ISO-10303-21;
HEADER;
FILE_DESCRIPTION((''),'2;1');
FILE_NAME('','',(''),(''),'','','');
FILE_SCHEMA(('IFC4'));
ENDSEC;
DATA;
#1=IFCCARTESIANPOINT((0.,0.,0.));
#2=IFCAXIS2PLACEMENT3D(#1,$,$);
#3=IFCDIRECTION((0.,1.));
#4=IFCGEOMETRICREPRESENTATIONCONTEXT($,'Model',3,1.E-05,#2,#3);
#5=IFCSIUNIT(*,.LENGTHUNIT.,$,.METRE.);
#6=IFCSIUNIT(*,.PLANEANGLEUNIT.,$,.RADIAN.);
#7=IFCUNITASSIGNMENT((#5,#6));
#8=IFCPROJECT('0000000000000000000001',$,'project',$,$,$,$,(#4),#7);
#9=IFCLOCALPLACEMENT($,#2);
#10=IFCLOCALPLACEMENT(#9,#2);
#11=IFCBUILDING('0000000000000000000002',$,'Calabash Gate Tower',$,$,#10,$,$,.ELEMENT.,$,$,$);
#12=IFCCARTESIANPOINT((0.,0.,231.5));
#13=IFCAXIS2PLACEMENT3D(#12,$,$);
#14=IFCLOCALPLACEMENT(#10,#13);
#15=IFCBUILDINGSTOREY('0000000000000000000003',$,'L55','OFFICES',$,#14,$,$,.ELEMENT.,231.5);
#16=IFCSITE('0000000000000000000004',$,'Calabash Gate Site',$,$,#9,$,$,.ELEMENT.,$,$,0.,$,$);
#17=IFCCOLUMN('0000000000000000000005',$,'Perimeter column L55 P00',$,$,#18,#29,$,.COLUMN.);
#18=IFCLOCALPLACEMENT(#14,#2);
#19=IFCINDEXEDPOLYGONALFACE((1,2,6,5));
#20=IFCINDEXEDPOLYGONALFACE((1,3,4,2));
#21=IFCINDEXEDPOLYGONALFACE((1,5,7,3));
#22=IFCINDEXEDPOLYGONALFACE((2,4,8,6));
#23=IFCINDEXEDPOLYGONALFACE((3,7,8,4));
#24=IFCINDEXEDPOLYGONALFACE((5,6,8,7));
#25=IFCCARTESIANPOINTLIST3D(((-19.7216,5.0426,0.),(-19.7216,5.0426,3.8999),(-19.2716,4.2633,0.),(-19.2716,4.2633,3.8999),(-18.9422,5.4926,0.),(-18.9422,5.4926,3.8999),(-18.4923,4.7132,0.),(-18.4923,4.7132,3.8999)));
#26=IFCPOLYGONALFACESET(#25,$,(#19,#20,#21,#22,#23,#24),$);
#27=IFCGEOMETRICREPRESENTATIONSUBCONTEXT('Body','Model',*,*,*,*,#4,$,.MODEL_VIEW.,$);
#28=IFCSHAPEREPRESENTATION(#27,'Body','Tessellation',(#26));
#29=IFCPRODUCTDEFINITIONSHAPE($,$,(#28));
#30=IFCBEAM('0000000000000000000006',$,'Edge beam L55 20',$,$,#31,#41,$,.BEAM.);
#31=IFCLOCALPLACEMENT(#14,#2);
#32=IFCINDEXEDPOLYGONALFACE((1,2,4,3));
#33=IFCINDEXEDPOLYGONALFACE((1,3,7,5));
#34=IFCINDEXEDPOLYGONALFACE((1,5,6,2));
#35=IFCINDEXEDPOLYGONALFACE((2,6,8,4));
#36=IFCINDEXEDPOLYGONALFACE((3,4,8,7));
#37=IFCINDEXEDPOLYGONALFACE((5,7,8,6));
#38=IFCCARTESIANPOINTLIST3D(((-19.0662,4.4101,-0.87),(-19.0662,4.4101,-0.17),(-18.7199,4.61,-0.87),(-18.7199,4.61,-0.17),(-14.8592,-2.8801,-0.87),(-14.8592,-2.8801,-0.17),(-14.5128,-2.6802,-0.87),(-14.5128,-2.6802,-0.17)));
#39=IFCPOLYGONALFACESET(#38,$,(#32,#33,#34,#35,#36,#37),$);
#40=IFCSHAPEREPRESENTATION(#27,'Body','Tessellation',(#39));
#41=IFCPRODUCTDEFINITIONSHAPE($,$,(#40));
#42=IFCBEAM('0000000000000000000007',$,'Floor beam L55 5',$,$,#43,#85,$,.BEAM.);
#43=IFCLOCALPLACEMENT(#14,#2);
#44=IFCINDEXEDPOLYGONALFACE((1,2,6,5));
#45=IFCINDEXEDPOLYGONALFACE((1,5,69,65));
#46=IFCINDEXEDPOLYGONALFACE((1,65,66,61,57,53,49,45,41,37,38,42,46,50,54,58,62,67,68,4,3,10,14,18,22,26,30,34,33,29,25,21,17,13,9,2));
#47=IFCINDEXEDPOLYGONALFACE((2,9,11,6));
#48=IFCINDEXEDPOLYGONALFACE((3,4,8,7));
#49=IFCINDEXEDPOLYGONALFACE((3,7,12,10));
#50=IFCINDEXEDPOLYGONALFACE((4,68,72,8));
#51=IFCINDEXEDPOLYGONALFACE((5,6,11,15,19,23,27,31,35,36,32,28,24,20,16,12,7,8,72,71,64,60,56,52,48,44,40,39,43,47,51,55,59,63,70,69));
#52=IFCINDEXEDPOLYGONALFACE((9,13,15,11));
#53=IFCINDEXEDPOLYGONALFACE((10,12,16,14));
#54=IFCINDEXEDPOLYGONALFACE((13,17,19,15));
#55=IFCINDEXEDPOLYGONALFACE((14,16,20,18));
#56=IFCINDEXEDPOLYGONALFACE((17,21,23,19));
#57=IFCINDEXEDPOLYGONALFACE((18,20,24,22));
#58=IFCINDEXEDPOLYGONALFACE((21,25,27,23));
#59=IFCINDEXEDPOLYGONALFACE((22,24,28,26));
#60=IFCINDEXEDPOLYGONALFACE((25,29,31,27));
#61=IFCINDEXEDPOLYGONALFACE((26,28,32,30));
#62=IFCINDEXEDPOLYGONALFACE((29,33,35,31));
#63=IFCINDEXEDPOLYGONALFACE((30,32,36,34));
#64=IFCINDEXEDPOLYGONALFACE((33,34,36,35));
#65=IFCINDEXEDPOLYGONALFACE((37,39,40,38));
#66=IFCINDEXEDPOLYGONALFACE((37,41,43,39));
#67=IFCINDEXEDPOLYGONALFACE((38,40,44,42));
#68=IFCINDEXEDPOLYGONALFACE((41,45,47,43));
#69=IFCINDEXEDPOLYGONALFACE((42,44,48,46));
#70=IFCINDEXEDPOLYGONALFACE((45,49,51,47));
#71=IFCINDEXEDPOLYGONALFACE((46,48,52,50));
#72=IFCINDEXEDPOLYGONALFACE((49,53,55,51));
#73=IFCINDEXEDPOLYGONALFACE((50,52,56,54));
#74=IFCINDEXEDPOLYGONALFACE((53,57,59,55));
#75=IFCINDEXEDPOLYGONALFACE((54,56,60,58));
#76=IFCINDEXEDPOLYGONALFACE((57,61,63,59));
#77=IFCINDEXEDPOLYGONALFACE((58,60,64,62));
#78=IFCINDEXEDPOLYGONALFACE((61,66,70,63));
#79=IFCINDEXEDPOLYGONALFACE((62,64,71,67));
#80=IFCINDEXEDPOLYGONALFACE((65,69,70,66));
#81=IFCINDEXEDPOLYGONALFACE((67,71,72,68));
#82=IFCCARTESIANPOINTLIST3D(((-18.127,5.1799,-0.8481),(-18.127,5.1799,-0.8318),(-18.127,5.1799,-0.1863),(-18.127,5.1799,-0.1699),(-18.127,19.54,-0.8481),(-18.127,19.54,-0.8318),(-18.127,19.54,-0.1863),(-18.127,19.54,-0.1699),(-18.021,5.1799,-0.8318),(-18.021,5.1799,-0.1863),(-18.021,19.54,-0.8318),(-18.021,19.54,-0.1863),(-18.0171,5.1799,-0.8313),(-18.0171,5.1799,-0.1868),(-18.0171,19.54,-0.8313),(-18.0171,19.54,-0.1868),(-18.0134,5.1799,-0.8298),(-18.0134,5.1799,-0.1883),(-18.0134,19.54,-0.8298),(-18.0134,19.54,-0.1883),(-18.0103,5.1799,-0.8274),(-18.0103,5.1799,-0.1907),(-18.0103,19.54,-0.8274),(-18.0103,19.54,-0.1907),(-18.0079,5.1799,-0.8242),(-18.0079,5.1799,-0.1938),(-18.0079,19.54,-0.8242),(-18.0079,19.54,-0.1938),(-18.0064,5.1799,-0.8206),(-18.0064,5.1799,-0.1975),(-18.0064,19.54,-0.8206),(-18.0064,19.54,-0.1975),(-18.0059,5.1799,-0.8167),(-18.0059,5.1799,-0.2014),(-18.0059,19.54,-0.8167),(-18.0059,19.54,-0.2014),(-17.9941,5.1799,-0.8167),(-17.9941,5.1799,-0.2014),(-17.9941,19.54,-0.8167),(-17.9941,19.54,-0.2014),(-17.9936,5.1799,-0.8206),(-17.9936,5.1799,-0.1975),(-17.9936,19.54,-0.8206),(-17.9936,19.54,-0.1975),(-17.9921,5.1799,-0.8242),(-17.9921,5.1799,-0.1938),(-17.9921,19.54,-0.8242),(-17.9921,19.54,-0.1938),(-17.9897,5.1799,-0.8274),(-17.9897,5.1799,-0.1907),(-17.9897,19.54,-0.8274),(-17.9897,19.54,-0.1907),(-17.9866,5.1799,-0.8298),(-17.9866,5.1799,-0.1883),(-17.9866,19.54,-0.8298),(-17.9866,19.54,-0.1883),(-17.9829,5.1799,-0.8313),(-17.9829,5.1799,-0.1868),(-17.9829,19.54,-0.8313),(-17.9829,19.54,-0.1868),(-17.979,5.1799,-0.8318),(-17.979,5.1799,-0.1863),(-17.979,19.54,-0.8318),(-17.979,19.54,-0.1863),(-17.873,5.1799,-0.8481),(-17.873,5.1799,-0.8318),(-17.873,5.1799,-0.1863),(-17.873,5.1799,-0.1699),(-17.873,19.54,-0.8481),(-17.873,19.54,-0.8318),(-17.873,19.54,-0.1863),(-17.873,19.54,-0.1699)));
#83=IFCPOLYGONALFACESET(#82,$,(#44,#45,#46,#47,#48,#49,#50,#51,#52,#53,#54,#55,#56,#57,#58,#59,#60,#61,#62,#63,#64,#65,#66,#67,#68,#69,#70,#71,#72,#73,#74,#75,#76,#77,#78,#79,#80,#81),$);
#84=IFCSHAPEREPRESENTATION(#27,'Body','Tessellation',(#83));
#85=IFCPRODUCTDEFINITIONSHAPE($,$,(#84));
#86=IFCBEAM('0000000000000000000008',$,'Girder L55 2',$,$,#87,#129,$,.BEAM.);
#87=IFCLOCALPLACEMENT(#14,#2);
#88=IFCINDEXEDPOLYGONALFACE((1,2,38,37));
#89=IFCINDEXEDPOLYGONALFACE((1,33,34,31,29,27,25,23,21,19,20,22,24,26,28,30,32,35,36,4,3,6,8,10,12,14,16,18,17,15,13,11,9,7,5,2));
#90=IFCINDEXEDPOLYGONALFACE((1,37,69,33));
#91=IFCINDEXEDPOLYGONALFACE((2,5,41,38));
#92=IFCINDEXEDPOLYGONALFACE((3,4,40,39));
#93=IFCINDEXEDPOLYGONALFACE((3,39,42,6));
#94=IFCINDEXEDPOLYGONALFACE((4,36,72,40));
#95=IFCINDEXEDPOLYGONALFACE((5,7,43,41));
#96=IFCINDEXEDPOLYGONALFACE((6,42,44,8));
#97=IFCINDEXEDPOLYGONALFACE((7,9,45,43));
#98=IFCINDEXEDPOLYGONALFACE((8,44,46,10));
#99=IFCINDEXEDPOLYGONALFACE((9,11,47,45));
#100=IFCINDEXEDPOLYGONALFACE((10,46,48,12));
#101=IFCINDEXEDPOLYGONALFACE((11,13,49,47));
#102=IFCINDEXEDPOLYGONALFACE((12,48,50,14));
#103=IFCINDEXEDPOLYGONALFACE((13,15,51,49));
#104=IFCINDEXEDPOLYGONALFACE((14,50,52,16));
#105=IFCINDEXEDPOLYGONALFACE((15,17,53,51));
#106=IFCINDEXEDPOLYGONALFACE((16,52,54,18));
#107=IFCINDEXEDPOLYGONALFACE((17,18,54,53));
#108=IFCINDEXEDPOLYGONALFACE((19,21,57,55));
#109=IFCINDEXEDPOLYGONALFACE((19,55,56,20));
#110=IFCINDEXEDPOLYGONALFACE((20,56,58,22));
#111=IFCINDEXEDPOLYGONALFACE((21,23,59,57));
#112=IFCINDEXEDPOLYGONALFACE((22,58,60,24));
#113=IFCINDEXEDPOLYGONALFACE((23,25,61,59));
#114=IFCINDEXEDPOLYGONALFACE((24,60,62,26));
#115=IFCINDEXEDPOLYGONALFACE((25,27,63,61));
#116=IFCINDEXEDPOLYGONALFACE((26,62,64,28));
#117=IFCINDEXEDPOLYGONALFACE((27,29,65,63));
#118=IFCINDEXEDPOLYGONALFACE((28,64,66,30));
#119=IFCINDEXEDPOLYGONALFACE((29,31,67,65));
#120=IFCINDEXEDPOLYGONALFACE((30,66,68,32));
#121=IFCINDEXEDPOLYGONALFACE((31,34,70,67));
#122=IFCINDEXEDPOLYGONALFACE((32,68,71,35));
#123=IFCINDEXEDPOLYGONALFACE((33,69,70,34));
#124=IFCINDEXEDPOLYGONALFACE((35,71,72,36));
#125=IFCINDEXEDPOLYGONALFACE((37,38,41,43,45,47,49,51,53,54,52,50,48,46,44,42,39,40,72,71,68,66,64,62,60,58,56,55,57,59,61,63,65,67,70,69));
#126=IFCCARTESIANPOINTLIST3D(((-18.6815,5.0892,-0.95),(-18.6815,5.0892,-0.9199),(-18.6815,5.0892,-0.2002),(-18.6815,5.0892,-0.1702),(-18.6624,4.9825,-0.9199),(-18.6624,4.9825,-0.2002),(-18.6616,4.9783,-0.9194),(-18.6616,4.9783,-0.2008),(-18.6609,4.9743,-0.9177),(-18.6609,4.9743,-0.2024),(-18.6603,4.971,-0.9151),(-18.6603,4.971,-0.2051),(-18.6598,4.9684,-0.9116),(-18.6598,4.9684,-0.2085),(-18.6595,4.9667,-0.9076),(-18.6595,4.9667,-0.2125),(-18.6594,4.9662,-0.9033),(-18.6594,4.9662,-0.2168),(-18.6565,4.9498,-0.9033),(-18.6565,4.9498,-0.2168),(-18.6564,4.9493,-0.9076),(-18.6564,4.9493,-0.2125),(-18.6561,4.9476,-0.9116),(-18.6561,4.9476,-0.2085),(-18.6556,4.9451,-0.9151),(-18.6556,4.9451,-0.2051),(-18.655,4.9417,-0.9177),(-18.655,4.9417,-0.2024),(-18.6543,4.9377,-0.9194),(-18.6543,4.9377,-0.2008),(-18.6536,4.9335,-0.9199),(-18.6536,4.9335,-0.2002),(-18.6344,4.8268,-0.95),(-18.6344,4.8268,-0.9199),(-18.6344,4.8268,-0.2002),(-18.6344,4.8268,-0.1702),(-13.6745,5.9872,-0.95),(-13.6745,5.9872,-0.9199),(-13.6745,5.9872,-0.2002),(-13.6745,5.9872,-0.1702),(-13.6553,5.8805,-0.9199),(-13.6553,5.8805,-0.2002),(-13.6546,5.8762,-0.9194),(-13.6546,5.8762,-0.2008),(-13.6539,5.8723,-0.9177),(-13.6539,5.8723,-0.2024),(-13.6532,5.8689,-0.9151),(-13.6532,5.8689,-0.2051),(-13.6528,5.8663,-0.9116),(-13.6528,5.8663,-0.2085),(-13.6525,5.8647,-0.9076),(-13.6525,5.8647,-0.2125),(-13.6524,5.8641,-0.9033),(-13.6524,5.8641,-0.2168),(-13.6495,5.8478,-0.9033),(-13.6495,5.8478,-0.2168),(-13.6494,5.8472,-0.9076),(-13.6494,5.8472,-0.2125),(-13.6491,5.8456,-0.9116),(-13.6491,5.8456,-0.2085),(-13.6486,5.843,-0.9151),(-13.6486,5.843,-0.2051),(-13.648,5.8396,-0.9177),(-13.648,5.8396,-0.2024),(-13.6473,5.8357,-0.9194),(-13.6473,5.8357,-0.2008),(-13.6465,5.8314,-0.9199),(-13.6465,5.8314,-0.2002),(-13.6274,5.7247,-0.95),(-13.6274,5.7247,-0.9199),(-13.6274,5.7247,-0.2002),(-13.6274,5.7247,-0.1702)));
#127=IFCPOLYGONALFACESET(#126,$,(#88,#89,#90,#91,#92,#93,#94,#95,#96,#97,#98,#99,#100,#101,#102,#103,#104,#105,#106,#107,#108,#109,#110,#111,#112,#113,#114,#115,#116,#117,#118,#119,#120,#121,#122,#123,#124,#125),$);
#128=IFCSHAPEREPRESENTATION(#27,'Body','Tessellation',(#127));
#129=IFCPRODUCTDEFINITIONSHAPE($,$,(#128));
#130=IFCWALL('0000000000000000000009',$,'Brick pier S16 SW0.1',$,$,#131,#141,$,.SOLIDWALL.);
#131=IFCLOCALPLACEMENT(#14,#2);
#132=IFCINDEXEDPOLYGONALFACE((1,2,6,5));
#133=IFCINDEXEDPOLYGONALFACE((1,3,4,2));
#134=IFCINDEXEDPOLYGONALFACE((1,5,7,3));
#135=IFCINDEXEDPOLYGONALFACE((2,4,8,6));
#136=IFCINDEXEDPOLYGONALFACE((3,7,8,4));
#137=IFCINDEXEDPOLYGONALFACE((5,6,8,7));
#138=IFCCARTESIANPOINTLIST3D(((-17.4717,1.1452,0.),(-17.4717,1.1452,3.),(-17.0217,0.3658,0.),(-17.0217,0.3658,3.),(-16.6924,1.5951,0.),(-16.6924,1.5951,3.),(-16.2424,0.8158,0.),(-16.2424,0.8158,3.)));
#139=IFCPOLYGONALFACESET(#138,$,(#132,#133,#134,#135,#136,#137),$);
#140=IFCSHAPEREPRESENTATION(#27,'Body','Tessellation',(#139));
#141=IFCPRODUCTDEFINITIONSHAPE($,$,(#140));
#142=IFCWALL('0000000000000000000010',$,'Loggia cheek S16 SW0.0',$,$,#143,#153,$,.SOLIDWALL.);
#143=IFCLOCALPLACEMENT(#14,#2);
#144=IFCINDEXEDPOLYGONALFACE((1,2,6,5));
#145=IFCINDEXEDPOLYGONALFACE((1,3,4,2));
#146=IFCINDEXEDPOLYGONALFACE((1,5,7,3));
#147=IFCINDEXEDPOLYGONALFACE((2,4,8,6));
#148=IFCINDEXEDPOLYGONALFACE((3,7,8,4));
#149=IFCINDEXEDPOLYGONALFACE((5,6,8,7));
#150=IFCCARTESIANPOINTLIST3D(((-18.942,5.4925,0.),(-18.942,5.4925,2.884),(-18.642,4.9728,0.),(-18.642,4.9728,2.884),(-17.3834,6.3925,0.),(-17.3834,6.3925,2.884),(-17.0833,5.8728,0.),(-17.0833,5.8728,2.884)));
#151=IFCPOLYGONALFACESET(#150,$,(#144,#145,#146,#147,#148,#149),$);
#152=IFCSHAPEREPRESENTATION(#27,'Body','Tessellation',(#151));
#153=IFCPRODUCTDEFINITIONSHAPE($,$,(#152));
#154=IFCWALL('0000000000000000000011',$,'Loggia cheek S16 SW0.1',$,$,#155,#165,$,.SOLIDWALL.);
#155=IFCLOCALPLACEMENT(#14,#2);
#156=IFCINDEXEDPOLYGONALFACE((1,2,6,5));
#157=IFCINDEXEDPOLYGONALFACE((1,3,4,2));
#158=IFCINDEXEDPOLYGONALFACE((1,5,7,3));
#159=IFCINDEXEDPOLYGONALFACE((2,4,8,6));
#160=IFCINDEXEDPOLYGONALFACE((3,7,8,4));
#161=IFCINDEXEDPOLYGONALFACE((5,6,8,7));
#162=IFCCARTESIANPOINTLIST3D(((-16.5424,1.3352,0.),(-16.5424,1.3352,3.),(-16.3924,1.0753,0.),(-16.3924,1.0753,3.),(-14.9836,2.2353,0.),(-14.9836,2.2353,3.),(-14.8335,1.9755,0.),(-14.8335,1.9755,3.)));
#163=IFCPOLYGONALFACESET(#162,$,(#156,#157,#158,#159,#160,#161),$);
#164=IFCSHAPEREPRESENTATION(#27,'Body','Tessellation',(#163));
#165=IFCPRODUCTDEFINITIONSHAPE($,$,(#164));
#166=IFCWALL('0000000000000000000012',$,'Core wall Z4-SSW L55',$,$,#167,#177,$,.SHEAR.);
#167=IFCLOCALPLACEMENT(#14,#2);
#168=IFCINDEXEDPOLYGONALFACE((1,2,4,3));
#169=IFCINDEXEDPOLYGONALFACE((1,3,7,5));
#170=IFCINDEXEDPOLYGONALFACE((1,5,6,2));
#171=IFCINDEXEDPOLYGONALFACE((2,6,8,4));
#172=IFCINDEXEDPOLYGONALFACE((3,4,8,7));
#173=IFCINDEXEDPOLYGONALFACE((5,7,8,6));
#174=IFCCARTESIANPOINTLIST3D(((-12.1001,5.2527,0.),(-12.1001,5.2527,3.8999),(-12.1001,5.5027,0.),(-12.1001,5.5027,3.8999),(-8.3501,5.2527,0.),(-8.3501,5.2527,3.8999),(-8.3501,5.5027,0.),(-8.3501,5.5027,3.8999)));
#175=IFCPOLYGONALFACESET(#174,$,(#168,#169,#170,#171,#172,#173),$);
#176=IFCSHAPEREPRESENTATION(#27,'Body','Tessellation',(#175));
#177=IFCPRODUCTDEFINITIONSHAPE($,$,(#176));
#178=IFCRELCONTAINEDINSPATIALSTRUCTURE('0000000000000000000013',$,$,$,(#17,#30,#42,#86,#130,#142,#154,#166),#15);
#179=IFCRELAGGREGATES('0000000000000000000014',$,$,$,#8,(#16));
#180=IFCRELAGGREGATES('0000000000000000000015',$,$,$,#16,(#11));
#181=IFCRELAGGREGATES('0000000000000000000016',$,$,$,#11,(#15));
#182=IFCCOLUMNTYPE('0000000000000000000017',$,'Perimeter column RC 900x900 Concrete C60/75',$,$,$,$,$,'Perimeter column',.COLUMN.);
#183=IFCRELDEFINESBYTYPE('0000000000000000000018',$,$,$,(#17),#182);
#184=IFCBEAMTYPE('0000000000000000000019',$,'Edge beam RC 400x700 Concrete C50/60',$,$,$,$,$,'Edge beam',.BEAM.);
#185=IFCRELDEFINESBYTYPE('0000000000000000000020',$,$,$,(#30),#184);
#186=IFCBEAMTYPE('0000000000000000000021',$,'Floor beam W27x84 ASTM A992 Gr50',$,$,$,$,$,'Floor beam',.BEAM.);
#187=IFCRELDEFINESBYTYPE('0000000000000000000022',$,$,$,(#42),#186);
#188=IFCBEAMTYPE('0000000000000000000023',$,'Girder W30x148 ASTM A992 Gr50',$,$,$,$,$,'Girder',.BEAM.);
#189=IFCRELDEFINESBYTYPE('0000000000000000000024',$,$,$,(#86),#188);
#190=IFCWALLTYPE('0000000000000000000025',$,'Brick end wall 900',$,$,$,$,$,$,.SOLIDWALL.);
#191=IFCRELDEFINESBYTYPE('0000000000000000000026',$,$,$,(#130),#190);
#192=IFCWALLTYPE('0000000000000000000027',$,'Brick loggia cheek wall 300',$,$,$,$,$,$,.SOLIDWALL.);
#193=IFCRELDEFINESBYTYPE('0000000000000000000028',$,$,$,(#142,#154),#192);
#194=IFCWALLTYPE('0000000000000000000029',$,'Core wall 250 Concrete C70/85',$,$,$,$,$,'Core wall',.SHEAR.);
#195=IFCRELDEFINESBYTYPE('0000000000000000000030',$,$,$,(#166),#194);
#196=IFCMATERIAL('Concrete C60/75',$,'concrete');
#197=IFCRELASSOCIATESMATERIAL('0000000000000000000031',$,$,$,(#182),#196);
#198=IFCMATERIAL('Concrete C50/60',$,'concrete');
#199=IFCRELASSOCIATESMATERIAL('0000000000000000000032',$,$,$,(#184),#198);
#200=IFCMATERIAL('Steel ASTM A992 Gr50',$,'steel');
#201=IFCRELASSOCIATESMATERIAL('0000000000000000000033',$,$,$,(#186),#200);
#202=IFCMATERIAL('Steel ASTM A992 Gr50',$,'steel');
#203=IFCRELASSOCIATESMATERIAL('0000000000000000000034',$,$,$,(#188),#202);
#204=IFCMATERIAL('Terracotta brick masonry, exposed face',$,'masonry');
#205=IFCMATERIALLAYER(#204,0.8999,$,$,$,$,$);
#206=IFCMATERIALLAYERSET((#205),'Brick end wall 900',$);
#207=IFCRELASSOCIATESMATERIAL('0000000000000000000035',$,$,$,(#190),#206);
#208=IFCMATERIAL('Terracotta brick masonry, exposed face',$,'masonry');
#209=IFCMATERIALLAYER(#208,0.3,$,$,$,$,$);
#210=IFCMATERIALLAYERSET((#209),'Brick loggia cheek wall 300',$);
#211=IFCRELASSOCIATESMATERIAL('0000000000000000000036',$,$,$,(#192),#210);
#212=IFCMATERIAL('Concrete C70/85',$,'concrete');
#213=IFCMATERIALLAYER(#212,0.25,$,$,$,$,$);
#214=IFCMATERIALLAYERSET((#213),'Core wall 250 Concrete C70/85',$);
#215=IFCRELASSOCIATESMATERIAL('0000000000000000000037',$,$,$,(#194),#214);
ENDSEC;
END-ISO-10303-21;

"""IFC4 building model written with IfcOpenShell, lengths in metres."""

from ifc_helpers import new_model, si_unit, direction, frame, frame_2d, origin, origin_2d, place, context, subcontext, project, spatial, rectangle, i_section, extrude, material, layer, layer_set, material_profile, profile_set, type_object, element, save


model = new_model("IFC4")

# Units and contexts
model_context = context("Model", 3, precision=1e-05, world=origin(), true_north=direction((0.0, 1.0)))
body_context = subcontext(model_context, "Body", "Model", "MODEL_VIEW")
ifc_project = project(units=[si_unit("LENGTHUNIT", "METRE"), si_unit("PLANEANGLEUNIT", "RADIAN")], contexts=[model_context])

# Site, building, storey
site_placement = place(None, origin())
site = spatial("IfcSite", under=ifc_project, at=site_placement, Name="Calabash Gate Site", CompositionType="ELEMENT", RefElevation=0.0)
building_placement = place(site_placement, origin())
building = spatial("IfcBuilding", under=site, at=building_placement, Name="Calabash Gate Tower", CompositionType="ELEMENT")
storey_placement = place(building_placement, frame((0.0, 0.0, 231.5)))
storey = spatial("IfcBuildingStorey", under=building, at=storey_placement, Name="L55", Description="OFFICES", CompositionType="ELEMENT", Elevation=231.5)

# Column
ifc_material_1 = material(Name="Concrete C60/75", Category="concrete")
ifc_material_profile_1 = material_profile(ifc_material_1, rectangle(XDim=0.8999, YDim=0.8999, at=origin_2d()))
ifc_profile_set_1 = profile_set([ifc_material_profile_1], Name="Concrete C60/75")
column_type = type_object("IfcColumnType", Name="Perimeter column RC 900x900 Concrete C60/75", ElementType="Perimeter column", PredefinedType="COLUMN", material=ifc_profile_set_1)
column_placement = place(storey_placement, frame((-19.1069, 4.8779, 0.0), z_axis=(0.0, 0.0, 1.0), x_axis=(0.5, -0.866025, 0.0)))
element("IfcColumn", 1, at=column_placement, inside=storey, type_object=column_type, Name="Perimeter column L55 P00", PredefinedType="COLUMN", context=body_context, shape_type="SweptSolid", body=[
    extrude(rectangle(XDim=0.8999, YDim=0.8999, at=origin_2d()), origin(), (0.0, 0.0, 1.0), 3.8999),
])

# Beams
ifc_material_2 = material(Name="Concrete C50/60", Category="concrete")
ifc_material_profile_2 = material_profile(ifc_material_2, rectangle(XDim=0.3999, YDim=0.7, at=origin_2d()))
ifc_profile_set_2 = profile_set([ifc_material_profile_2], Name="Concrete C50/60")
beam_type_1 = type_object("IfcBeamType", Name="Edge beam RC 400x700 Concrete C50/60", ElementType="Edge beam", PredefinedType="BEAM", material=ifc_profile_set_2)
beam_1_placement = place(storey_placement, frame((-18.8931, 4.51, -0.52), z_axis=(0.499833, -0.866122, 0.0), x_axis=(0.866122, 0.499833, 0.0)))
element("IfcBeam", 2, at=beam_1_placement, inside=storey, type_object=beam_type_1, Name="Edge beam L55 20", PredefinedType="BEAM", context=body_context, shape_type="SweptSolid", body=[
    extrude(rectangle(XDim=0.3999, YDim=0.7, at=origin_2d()), origin(), (0.0, 0.0, 1.0), 8.417),
])
ifc_material_3 = material(Name="Steel ASTM A992 Gr50", Category="steel")
ifc_material_profile_3 = material_profile(ifc_material_3, i_section(OverallWidth=0.2539, OverallDepth=0.6782, WebThickness=0.0117, FlangeThickness=0.0164, FilletRadius=0.0151, at=origin_2d()))
ifc_profile_set_3 = profile_set([ifc_material_profile_3], Name="Steel ASTM A992 Gr50")
beam_type_2 = type_object("IfcBeamType", Name="Floor beam W27x84 ASTM A992 Gr50", ElementType="Floor beam", PredefinedType="BEAM", material=ifc_profile_set_3)
beam_2_placement = place(storey_placement, frame((-18.0, 5.1799, -0.509), z_axis=(0.0, 1.0, 0.0), x_axis=(-1.0, 0.0, 0.0)))
element("IfcBeam", 3, at=beam_2_placement, inside=storey, type_object=beam_type_2, Name="Floor beam L55 5", PredefinedType="BEAM", context=body_context, shape_type="SweptSolid", body=[
    extrude(i_section(OverallWidth=0.2539, OverallDepth=0.6782, WebThickness=0.0117, FlangeThickness=0.0164, FilletRadius=0.0151, at=origin_2d()), origin(), (0.0, 0.0, 1.0), 14.3601),
])
ifc_material_4 = material(Name="Steel ASTM A992 Gr50", Category="steel")
ifc_material_profile_4 = material_profile(ifc_material_4, i_section(OverallWidth=0.2666, OverallDepth=0.7798, WebThickness=0.0166, FlangeThickness=0.03, FilletRadius=0.0166, at=origin_2d()))
ifc_profile_set_4 = profile_set([ifc_material_profile_4], Name="Steel ASTM A992 Gr50")
beam_type_3 = type_object("IfcBeamType", Name="Girder W30x148 ASTM A992 Gr50", ElementType="Girder", PredefinedType="BEAM", material=ifc_profile_set_4)
beam_3_placement = place(storey_placement, frame((-18.658, 4.958, -0.5601), z_axis=(0.984297, 0.17652, 0.0), x_axis=(-0.17652, 0.984297, 0.0)))
element("IfcBeam", 4, at=beam_3_placement, inside=storey, type_object=beam_type_3, Name="Girder L55 2", PredefinedType="BEAM", context=body_context, shape_type="SweptSolid", body=[
    extrude(i_section(OverallWidth=0.2666, OverallDepth=0.7798, WebThickness=0.0166, FlangeThickness=0.03, FilletRadius=0.0166, at=origin_2d()), origin(), (0.0, 0.0, 1.0), 5.0869),
])

# Walls
ifc_material_5 = material(Name="Terracotta brick masonry, exposed face", Category="masonry")
ifc_layer_1 = layer(ifc_material_5, 0.8999)
ifc_layer_set_1 = layer_set([ifc_layer_1], Name="Brick end wall 900")
wall_type_1 = type_object("IfcWallType", Name="Brick end wall 900", PredefinedType="SOLIDWALL", material=ifc_layer_set_1)
wall_1_placement = place(storey_placement, frame((-16.6321, 0.5908, 0.0), z_axis=(0.0, 0.0, 1.0), x_axis=(-0.50002, 0.866014, 0.0)))
element("IfcWall", 5, at=wall_1_placement, inside=storey, type_object=wall_type_1, Name="Brick pier S16 SW0.1", PredefinedType="SOLIDWALL", context=body_context, shape_type="SweptSolid", body=[
    extrude(rectangle(XDim=0.8999, YDim=0.8999, at=frame_2d((0.45, 0.0))), origin(), (0.0, 0.0, 1.0), 3.0),
])
ifc_material_6 = material(Name="Terracotta brick masonry, exposed face", Category="masonry")
ifc_layer_2 = layer(ifc_material_6, 0.3)
ifc_layer_set_2 = layer_set([ifc_layer_2], Name="Brick loggia cheek wall 300")
wall_type_2 = type_object("IfcWallType", Name="Brick loggia cheek wall 300", PredefinedType="SOLIDWALL", material=ifc_layer_set_2)
wall_2_placement = place(storey_placement, frame((-18.792, 5.2327, 0.0), z_axis=(0.0, 0.0, 1.0), x_axis=(0.866014, 0.50002, 0.0)))
element("IfcWall", 6, at=wall_2_placement, inside=storey, type_object=wall_type_2, Name="Loggia cheek S16 SW0.0", PredefinedType="SOLIDWALL", context=body_context, shape_type="SweptSolid", body=[
    extrude(rectangle(XDim=1.7998, YDim=0.6001, at=frame_2d((0.8999, 0.0))), origin(), (0.0, 0.0, 1.0), 2.884),
])
wall_3_placement = place(storey_placement, frame((-16.4673, 1.2053, 0.0), z_axis=(0.0, 0.0, 1.0), x_axis=(0.865989, 0.500063, 0.0)))
element("IfcWall", 7, at=wall_3_placement, inside=storey, type_object=wall_type_2, Name="Loggia cheek S16 SW0.1", PredefinedType="SOLIDWALL", context=body_context, shape_type="SweptSolid", body=[
    extrude(rectangle(XDim=1.8, YDim=0.3, at=frame_2d((0.8999, 0.0))), origin(), (0.0, 0.0, 1.0), 3.0),
])
ifc_material_7 = material(Name="Concrete C70/85", Category="concrete")
ifc_layer_3 = layer(ifc_material_7, 0.25)
ifc_layer_set_3 = layer_set([ifc_layer_3], Name="Core wall 250 Concrete C70/85")
wall_type_3 = type_object("IfcWallType", Name="Core wall 250 Concrete C70/85", ElementType="Core wall", PredefinedType="SHEAR", material=ifc_layer_set_3)
wall_4_placement = place(storey_placement, frame((-12.1001, 5.3777, 0.0), z_axis=(0.0, 0.0, 1.0), x_axis=(1.0, 0.0, 0.0)))
element("IfcWall", 8, at=wall_4_placement, inside=storey, type_object=wall_type_3, Name="Core wall Z4-SSW L55", PredefinedType="SHEAR", context=body_context, shape_type="SweptSolid", body=[
    extrude(rectangle(XDim=3.75, YDim=0.25, at=frame_2d((1.875, 0.0))), origin(), (0.0, 0.0, 1.0), 3.8999),
])

save(model, "model.ifc")
